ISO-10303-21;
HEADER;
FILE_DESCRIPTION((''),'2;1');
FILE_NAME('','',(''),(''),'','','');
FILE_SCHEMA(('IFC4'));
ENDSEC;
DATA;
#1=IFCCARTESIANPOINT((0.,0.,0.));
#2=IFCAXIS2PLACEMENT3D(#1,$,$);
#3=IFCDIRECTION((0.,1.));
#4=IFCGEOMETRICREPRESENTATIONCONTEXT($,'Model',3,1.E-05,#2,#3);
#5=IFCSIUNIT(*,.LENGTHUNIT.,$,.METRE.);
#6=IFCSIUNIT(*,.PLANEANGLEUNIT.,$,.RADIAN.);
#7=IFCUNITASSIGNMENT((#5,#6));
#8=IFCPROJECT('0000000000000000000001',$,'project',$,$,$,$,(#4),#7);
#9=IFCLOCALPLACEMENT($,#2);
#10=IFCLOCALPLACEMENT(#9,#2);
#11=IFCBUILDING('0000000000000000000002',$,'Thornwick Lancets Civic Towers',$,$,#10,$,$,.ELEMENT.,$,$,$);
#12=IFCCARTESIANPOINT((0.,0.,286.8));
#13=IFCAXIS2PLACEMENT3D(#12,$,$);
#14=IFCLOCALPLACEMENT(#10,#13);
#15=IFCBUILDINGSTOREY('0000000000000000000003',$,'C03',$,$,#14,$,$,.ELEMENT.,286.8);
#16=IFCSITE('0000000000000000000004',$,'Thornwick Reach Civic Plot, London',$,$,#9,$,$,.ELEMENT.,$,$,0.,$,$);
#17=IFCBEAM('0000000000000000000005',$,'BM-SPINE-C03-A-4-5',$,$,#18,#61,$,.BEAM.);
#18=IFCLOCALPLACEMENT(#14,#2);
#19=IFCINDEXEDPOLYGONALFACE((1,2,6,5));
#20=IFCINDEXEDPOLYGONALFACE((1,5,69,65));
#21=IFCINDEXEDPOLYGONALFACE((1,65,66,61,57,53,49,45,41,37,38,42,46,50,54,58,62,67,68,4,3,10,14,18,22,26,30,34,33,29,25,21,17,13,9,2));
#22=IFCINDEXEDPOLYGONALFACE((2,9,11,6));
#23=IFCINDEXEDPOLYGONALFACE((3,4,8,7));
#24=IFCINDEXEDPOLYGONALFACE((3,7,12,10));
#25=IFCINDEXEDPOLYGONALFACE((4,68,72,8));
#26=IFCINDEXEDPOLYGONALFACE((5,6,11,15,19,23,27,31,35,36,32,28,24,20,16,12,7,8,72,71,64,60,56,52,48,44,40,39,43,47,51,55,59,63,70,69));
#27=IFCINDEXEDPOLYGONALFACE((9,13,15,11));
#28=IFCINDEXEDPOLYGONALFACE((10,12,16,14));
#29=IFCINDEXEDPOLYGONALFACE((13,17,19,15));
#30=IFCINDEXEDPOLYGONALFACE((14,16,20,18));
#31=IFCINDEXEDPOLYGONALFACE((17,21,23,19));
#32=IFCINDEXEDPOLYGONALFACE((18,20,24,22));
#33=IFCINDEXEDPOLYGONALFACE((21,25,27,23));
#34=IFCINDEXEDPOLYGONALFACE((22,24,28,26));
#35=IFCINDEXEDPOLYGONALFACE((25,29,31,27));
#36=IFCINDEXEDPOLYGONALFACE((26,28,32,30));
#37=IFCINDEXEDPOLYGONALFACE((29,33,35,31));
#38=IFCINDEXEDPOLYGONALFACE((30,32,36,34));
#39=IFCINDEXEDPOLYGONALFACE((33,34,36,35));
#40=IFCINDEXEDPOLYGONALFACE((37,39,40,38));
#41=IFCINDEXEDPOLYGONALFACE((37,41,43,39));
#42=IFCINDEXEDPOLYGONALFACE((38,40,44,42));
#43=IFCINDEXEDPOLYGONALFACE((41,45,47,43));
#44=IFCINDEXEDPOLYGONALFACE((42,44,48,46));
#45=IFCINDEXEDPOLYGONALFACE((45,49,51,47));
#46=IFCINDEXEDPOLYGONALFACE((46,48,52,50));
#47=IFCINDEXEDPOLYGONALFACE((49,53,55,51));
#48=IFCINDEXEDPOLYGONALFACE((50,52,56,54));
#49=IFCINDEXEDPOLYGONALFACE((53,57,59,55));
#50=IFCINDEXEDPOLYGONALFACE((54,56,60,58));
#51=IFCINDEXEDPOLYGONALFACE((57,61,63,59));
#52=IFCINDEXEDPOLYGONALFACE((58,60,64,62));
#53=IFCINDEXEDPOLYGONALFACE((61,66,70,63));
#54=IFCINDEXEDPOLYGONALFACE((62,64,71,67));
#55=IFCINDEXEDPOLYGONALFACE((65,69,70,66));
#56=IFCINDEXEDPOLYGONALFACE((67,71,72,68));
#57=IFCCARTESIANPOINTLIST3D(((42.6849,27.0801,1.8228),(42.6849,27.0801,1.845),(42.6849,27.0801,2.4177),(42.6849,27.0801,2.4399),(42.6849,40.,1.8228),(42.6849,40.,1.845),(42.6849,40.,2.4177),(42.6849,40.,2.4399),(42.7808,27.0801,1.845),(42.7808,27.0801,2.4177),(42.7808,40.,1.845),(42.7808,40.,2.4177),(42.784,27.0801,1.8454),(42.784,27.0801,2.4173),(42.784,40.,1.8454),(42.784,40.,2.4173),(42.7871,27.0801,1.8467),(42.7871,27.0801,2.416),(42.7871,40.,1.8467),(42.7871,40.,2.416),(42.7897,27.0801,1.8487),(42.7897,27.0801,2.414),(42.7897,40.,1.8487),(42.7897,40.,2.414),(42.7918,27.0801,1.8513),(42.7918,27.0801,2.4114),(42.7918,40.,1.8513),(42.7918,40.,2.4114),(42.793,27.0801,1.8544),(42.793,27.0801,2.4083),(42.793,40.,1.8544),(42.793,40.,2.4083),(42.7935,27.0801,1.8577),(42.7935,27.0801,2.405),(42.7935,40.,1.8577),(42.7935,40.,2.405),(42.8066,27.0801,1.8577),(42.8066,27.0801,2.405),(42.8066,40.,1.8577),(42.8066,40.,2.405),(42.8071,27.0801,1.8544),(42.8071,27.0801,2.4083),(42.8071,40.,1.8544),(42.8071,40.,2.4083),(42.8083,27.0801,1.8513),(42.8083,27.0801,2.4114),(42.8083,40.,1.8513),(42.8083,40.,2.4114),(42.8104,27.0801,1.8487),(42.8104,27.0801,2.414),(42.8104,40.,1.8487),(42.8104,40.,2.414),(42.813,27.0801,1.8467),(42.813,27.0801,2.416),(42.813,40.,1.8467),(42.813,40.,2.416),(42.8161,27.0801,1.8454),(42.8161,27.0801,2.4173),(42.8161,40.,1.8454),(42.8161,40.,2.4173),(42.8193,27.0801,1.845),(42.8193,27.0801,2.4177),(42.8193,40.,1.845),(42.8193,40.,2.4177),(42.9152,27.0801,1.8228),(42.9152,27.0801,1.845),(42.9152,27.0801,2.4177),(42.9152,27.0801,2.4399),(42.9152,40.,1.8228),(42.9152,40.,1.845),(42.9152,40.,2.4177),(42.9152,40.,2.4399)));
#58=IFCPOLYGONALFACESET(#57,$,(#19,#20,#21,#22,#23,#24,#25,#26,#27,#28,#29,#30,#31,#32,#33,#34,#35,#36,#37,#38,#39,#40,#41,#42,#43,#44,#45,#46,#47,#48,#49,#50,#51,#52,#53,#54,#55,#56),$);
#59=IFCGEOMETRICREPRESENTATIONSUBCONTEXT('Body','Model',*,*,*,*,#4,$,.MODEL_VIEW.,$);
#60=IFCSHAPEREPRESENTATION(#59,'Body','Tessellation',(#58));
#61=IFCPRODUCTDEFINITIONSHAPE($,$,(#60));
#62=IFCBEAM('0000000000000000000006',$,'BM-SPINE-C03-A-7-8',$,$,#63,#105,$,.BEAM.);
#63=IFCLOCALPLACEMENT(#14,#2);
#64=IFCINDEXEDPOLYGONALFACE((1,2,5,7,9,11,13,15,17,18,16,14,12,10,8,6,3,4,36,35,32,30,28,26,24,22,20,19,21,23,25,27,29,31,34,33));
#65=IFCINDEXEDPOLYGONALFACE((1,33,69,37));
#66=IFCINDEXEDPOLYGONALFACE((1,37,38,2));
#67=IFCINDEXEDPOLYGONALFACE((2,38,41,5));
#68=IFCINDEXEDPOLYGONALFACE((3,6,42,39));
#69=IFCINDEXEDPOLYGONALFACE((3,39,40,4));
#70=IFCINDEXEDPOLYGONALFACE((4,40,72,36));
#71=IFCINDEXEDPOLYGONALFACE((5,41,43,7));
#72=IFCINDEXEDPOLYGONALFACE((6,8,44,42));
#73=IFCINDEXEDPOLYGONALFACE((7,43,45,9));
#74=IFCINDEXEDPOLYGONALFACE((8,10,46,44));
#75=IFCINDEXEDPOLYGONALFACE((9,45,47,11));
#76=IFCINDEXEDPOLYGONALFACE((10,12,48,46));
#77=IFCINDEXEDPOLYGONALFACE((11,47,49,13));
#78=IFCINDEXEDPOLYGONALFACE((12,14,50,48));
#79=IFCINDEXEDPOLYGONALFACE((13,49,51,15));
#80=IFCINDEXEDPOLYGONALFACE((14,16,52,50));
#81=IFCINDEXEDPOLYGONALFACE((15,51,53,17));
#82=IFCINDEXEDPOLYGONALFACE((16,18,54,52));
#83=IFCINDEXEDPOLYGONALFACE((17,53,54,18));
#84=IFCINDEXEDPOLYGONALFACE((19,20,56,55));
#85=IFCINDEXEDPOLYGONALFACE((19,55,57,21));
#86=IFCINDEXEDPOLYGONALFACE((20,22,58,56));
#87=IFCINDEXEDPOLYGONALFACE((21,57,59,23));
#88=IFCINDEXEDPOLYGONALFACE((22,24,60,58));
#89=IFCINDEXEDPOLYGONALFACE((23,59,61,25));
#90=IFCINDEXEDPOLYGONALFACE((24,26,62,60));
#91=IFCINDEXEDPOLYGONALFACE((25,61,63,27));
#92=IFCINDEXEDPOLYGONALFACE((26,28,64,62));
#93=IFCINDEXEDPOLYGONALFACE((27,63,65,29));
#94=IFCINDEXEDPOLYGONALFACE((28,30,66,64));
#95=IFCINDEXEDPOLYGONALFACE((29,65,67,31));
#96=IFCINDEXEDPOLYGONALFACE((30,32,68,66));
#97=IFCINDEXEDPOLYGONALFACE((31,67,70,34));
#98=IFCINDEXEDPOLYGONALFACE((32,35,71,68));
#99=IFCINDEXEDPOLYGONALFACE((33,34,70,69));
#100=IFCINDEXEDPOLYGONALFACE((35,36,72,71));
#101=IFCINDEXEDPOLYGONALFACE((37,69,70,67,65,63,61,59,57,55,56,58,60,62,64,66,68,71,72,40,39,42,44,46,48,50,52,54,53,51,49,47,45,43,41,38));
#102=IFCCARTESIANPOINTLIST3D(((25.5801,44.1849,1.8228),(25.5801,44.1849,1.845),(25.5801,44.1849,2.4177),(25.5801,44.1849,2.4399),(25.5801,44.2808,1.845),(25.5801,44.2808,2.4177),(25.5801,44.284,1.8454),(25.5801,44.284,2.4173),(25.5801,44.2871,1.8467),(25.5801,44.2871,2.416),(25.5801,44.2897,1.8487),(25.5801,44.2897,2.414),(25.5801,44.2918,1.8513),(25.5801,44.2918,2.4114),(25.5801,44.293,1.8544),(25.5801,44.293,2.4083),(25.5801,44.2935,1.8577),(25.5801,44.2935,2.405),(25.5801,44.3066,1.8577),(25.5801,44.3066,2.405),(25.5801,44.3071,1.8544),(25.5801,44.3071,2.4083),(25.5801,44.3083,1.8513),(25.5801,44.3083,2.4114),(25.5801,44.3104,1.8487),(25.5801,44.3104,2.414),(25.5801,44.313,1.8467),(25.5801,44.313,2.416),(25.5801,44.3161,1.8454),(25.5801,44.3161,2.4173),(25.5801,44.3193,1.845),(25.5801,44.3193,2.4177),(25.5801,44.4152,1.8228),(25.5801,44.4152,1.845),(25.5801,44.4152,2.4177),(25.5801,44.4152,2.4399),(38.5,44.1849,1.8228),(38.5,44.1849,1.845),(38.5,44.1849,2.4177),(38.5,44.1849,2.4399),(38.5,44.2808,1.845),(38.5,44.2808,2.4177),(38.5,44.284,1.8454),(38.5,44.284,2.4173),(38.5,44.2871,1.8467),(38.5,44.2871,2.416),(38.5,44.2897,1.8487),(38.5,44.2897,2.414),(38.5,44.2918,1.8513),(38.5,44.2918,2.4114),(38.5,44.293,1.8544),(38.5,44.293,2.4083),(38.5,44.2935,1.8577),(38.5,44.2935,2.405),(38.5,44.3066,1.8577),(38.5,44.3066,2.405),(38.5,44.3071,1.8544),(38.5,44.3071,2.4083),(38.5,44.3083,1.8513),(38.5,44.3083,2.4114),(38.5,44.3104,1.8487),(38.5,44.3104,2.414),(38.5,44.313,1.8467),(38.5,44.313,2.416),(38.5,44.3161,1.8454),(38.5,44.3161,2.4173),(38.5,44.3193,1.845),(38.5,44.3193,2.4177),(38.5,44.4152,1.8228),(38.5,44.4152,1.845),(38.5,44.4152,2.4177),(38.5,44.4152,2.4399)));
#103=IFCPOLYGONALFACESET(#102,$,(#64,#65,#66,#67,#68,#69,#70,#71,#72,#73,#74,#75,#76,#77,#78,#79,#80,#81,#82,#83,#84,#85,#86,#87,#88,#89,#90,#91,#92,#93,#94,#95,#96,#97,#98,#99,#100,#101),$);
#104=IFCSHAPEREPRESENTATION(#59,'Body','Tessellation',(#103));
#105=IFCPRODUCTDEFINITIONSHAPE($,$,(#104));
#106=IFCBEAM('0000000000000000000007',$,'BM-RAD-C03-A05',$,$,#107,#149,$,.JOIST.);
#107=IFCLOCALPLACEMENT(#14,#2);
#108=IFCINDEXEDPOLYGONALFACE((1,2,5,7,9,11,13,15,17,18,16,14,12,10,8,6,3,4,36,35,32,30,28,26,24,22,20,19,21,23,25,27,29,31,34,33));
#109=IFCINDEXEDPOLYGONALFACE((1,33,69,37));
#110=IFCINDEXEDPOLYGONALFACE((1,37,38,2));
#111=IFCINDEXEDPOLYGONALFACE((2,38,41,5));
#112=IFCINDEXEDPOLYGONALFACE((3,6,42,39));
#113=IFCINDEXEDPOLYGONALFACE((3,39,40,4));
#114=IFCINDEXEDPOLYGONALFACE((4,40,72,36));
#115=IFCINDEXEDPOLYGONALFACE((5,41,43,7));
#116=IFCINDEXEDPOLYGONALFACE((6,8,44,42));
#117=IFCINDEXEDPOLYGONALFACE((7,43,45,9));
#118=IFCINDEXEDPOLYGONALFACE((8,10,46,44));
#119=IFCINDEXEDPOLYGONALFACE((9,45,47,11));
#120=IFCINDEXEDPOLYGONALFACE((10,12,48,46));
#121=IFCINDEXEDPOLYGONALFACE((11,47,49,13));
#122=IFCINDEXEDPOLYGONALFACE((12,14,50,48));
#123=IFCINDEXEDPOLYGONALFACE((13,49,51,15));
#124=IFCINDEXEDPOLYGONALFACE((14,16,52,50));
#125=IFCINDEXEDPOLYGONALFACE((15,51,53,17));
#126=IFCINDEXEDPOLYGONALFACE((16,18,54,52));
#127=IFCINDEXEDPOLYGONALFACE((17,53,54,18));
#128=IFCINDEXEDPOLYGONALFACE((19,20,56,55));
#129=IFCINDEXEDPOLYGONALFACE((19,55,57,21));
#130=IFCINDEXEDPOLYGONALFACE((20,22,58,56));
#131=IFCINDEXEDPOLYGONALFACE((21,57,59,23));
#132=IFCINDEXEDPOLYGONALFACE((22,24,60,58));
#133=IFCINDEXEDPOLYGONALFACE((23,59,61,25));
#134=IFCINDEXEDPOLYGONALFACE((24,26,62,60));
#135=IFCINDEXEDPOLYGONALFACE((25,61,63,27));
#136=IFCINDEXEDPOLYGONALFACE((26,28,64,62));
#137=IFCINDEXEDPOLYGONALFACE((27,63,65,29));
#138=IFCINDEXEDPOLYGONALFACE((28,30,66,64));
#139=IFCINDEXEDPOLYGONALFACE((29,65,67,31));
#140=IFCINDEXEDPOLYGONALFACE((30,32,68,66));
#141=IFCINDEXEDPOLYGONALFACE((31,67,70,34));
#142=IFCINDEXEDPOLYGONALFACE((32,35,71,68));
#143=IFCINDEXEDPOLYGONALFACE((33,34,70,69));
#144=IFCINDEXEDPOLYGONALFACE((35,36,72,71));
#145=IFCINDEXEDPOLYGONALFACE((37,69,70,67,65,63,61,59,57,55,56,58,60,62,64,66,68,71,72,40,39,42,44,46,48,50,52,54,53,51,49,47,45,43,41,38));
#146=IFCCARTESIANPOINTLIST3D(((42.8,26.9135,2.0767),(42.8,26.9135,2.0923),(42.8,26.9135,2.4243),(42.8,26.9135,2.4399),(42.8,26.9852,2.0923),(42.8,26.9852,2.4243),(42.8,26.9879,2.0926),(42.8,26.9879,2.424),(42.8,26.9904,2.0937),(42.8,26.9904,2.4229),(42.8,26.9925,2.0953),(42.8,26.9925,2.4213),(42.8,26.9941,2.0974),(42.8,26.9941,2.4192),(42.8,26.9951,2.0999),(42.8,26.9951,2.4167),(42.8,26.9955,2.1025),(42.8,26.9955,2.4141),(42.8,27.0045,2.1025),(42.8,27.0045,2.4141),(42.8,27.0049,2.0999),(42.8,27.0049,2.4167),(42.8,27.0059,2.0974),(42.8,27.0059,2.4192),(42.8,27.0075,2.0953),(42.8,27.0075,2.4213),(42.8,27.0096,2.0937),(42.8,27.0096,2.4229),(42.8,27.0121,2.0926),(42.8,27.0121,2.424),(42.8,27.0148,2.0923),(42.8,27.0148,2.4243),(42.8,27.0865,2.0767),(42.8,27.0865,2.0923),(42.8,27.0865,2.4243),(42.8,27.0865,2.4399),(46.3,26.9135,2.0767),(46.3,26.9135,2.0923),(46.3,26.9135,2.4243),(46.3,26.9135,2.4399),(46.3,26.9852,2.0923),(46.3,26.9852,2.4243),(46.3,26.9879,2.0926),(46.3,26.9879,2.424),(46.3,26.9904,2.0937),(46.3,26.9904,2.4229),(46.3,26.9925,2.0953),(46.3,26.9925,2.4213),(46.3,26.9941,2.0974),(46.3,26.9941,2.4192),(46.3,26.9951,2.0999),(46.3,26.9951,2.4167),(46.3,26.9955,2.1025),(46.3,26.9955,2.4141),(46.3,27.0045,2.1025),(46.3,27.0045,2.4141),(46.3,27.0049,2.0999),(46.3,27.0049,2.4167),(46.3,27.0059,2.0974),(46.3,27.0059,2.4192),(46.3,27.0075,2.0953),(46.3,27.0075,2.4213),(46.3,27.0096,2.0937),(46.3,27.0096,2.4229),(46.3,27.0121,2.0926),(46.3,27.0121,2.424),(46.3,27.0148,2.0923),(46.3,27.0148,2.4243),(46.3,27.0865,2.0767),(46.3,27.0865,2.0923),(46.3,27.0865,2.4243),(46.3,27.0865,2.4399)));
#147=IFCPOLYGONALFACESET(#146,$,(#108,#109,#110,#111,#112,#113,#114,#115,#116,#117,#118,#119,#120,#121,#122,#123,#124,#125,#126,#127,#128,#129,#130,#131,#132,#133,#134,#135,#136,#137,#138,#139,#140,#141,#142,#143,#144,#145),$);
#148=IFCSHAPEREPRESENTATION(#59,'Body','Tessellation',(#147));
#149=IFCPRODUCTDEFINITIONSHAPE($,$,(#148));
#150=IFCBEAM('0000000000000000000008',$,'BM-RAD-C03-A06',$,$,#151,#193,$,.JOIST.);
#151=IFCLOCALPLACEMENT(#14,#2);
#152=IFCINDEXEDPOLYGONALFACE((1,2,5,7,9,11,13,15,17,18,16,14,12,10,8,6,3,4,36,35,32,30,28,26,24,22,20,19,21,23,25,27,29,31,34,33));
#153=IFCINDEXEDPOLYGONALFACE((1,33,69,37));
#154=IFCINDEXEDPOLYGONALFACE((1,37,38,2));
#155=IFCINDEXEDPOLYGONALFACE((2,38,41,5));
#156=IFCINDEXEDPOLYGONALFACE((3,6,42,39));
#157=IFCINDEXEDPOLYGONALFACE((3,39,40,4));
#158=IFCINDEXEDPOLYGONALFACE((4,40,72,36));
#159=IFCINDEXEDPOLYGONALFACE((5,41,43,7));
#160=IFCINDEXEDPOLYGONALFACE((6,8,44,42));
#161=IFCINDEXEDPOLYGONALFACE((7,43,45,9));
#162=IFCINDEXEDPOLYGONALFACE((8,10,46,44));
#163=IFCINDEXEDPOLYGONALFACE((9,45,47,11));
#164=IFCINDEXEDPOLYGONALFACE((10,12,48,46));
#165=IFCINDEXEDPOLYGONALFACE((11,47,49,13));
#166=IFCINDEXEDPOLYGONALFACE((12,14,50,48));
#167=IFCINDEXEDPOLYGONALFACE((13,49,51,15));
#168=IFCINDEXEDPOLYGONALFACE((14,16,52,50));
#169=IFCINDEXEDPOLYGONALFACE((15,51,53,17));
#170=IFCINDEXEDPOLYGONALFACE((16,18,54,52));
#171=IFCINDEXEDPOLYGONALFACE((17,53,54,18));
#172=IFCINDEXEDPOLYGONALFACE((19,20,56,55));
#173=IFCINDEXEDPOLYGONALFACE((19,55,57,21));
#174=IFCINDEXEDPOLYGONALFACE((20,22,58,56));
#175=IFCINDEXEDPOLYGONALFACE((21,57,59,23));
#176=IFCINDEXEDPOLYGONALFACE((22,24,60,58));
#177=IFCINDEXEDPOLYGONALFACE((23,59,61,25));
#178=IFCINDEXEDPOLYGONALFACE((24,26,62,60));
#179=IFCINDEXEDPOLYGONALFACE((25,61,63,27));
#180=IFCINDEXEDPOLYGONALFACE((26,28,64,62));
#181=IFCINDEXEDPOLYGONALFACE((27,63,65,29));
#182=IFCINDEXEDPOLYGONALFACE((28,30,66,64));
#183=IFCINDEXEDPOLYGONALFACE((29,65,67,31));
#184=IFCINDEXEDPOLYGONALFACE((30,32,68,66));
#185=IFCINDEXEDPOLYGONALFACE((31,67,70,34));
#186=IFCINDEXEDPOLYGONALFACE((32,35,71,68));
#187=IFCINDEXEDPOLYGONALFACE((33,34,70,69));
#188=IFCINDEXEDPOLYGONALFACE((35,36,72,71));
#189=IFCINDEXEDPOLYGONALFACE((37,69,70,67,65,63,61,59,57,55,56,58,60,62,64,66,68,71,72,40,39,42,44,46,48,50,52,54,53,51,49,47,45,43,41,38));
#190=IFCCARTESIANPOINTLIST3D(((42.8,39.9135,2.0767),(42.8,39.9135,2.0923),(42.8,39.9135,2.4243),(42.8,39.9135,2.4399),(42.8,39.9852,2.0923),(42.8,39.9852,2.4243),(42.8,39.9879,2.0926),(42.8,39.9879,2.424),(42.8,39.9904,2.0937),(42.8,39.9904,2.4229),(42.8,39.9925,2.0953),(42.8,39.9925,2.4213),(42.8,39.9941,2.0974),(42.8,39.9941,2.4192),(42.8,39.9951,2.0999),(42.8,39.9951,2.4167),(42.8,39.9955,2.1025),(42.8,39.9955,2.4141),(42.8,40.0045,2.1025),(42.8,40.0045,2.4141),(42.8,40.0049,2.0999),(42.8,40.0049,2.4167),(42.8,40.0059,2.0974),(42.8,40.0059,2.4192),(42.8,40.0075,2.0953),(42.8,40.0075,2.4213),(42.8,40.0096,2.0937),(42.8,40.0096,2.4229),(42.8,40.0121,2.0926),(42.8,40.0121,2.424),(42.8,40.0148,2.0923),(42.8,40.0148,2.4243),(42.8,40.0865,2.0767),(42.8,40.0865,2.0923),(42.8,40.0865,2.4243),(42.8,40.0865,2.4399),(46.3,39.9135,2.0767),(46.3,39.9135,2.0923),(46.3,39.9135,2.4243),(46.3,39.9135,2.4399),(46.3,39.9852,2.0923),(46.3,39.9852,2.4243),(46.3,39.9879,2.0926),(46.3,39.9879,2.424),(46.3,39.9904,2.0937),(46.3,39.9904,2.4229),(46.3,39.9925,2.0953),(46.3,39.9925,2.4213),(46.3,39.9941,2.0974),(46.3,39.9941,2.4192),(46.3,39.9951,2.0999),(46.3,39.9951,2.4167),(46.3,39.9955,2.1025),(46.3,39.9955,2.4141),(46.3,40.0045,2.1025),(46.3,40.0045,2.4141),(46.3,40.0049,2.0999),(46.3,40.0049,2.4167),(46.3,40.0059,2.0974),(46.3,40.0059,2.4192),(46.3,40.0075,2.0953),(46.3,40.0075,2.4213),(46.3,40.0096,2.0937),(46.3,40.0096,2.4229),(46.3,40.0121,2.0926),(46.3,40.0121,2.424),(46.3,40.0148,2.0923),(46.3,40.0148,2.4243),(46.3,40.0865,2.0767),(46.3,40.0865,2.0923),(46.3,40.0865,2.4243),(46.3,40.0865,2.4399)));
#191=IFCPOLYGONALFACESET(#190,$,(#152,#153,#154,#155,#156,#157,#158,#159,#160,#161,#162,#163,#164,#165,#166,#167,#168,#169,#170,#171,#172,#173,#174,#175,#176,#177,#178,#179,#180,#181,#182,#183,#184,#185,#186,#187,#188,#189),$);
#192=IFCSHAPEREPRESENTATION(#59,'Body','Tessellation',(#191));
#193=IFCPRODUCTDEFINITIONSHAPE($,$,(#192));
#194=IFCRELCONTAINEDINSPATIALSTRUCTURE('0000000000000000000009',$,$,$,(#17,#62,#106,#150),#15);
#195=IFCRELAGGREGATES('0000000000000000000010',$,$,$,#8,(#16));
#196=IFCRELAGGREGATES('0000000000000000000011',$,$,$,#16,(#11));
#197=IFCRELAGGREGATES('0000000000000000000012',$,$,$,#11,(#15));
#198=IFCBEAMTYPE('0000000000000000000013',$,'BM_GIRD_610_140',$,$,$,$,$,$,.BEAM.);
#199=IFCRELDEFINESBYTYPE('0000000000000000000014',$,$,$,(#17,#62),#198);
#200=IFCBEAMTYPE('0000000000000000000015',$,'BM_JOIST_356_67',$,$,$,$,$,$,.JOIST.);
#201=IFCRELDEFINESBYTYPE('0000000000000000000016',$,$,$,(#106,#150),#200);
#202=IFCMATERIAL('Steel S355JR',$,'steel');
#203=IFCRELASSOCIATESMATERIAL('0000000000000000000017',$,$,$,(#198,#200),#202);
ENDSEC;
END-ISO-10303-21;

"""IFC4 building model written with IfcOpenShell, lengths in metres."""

from ifc_helpers import new_model, si_unit, direction, frame, origin, origin_2d, place, context, subcontext, project, spatial, i_section, extrude, material, material_profile, profile_set, type_object, element, save


model = new_model("IFC4")

# Units and contexts
model_context = context("Model", 3, precision=1e-05, world=origin(), true_north=direction((0.0, 1.0)))
body_context = subcontext(model_context, "Body", "Model", "MODEL_VIEW")
ifc_project = project(units=[si_unit("LENGTHUNIT", "METRE"), si_unit("PLANEANGLEUNIT", "RADIAN")], contexts=[model_context])

# Site, building, storey
site_placement = place(None, origin())
site = spatial("IfcSite", under=ifc_project, at=site_placement, Name="Thornwick Reach Civic Plot, London", CompositionType="ELEMENT", RefElevation=0.0)
building_placement = place(site_placement, origin())
building = spatial("IfcBuilding", under=site, at=building_placement, Name="Thornwick Lancets Civic Towers", CompositionType="ELEMENT")
storey_placement = place(building_placement, frame((0.0, 0.0, 286.8)))
storey = spatial("IfcBuildingStorey", under=building, at=storey_placement, Name="C03", CompositionType="ELEMENT", Elevation=286.8)

# Shared definitions
ifc_material_1 = material(Name="Steel S355JR", Category="steel")

# Beams
ifc_material_profile_1 = material_profile(ifc_material_1, i_section(OverallWidth=0.2302, OverallDepth=0.6172, WebThickness=0.0132, FlangeThickness=0.0222, FilletRadius=0.0127, at=origin_2d()), Name="UKB 610x229x140")
ifc_profile_set_1 = profile_set([ifc_material_profile_1], Name="Steel S355JR")
beam_type_1 = type_object("IfcBeamType", Name="BM_GIRD_610_140", PredefinedType="BEAM", material=ifc_profile_set_1)
for number, where, z_axis, x_axis, name in (
    (1, (42.8, 27.0801, 2.1313), (0.0, 1.0, 0.0), (-1.0, 0.0, 0.0), "BM-SPINE-C03-A-4-5"),
    (2, (25.5801, 44.3, 2.1313), (1.0, 0.0, 0.0), (0.0, 1.0, 0.0), "BM-SPINE-C03-A-7-8"),
):
    element("IfcBeam", number, at=place(storey_placement, frame(where, z_axis=z_axis, x_axis=x_axis)), inside=storey, type_object=beam_type_1, Name=name, PredefinedType="BEAM", context=body_context, shape_type="SweptSolid", body=[
        extrude(i_section(OverallWidth=0.2302, OverallDepth=0.6172, WebThickness=0.0132, FlangeThickness=0.0222, FilletRadius=0.0127, at=origin_2d()), origin(), (0.0, 0.0, 1.0), 12.9199),
    ])
ifc_material_profile_2 = material_profile(ifc_material_1, i_section(OverallWidth=0.1731, OverallDepth=0.3633, WebThickness=0.009, FlangeThickness=0.0156, FilletRadius=0.0103, at=origin_2d()), Name="UKB 356x171x67")
ifc_profile_set_2 = profile_set([ifc_material_profile_2], Name="Steel S355JR")
beam_type_2 = type_object("IfcBeamType", Name="BM_JOIST_356_67", PredefinedType="JOIST", material=ifc_profile_set_2)
for number, where, z_axis, x_axis, name in (
    (3, (42.8, 27.0, 2.2583), (1.0, 0.0, 0.0), (0.0, 1.0, 0.0), "BM-RAD-C03-A05"),
    (4, (42.8, 40.0, 2.2583), (1.0, 0.0, 0.0), (0.0, 1.0, 0.0), "BM-RAD-C03-A06"),
):
    element("IfcBeam", number, at=place(storey_placement, frame(where, z_axis=z_axis, x_axis=x_axis)), inside=storey, type_object=beam_type_2, Name=name, PredefinedType="JOIST", context=body_context, shape_type="SweptSolid", body=[
        extrude(i_section(OverallWidth=0.1731, OverallDepth=0.3633, WebThickness=0.009, FlangeThickness=0.0156, FilletRadius=0.0103, at=origin_2d()), origin(), (0.0, 0.0, 1.0), 3.5),
    ])

save(model, "model.ifc")
